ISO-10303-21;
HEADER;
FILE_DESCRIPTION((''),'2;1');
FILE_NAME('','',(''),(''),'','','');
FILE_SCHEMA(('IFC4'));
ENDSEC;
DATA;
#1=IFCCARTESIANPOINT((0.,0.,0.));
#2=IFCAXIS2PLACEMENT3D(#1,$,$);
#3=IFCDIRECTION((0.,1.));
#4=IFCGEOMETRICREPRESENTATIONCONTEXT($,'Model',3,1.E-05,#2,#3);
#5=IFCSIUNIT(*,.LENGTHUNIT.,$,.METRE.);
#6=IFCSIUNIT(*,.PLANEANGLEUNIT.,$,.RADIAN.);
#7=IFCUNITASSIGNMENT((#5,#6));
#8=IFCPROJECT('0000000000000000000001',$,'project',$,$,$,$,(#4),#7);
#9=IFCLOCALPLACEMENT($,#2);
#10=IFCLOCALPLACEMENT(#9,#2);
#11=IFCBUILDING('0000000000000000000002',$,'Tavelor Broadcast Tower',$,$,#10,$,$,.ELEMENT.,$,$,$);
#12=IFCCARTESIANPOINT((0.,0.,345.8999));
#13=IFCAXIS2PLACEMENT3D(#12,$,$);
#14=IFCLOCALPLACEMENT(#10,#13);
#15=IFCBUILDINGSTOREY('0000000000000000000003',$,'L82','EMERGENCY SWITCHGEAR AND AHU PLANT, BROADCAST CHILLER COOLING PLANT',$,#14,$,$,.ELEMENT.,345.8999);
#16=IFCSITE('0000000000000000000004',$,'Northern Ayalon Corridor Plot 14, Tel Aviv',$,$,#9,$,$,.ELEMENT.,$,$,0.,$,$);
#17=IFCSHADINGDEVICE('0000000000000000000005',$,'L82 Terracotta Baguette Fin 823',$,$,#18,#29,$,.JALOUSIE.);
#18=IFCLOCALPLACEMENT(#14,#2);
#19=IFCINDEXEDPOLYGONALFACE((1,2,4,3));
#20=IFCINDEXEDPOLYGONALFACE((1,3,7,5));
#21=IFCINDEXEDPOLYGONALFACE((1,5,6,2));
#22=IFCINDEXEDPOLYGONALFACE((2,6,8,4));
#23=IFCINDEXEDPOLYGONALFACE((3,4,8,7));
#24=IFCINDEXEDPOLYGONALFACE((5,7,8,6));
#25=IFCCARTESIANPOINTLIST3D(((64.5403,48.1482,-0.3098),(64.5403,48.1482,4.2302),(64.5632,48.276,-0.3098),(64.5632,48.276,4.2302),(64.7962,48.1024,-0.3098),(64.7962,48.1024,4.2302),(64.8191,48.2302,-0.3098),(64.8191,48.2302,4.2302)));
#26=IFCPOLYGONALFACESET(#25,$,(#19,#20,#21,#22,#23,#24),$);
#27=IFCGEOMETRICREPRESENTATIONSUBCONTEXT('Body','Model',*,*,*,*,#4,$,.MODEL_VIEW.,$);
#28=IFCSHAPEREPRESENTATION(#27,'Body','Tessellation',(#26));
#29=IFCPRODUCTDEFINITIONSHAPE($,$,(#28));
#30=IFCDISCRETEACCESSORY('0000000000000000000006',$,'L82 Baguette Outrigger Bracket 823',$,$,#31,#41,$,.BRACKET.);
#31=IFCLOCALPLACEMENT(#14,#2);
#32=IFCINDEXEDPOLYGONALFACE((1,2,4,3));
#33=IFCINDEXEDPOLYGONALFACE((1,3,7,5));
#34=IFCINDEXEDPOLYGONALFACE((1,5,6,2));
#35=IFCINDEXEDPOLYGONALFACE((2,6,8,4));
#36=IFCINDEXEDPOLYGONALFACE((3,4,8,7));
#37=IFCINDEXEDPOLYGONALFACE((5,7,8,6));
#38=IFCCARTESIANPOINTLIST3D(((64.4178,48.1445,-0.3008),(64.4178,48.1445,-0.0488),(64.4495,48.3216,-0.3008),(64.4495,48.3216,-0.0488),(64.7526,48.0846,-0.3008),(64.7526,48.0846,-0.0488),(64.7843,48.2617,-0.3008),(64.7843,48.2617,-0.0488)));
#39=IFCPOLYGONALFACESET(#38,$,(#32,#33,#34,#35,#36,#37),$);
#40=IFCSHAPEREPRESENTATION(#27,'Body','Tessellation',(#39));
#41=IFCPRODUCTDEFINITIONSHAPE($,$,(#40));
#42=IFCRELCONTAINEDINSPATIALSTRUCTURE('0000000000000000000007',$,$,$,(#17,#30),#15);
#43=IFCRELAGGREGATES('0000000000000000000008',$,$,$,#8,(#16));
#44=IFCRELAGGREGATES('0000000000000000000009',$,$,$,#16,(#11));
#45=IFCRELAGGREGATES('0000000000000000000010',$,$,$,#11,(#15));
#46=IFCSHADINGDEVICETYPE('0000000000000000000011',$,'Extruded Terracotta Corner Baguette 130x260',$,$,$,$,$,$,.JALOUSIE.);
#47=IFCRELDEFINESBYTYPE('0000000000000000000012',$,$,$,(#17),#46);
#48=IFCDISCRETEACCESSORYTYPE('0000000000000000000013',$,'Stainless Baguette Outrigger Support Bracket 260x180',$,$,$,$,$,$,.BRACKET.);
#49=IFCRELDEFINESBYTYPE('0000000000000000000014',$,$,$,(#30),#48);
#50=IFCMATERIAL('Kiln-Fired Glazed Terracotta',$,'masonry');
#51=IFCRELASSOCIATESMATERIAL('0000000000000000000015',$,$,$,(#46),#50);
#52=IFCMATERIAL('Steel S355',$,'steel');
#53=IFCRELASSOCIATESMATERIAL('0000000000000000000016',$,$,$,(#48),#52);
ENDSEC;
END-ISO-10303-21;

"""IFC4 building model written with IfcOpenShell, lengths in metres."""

from ifc_helpers import new_model, si_unit, direction, frame, origin, origin_2d, place, context, subcontext, project, spatial, rectangle, extrude, source, transform, mapped, material, type_object, type_shapes, element, save


model = new_model("IFC4")

# Units and contexts
model_context = context("Model", 3, precision=1e-05, world=origin(), true_north=direction((0.0, 1.0)))
body_context = subcontext(model_context, "Body", "Model", "MODEL_VIEW")
ifc_project = project(units=[si_unit("LENGTHUNIT", "METRE"), si_unit("PLANEANGLEUNIT", "RADIAN")], contexts=[model_context])

# Site, building, storey
site_placement = place(None, origin())
site = spatial("IfcSite", under=ifc_project, at=site_placement, Name="Northern Ayalon Corridor Plot 14, Tel Aviv", CompositionType="ELEMENT", RefElevation=0.0)
building_placement = place(site_placement, origin())
building = spatial("IfcBuilding", under=site, at=building_placement, Name="Tavelor Broadcast Tower", CompositionType="ELEMENT")
storey_placement = place(building_placement, frame((0.0, 0.0, 345.8999)))
storey = spatial("IfcBuildingStorey", under=building, at=storey_placement, Name="L82", Description="EMERGENCY SWITCHGEAR AND AHU PLANT, BROADCAST CHILLER COOLING PLANT", CompositionType="ELEMENT", Elevation=345.8999)

# Shared definitions
ifc_material_1 = material(Name="Steel S355", Category="steel")

# Shading device
ifc_material_2 = material(Name="Kiln-Fired Glazed Terracotta", Category="masonry")
shading_device_type = type_object("IfcShadingDeviceType", Name="Extruded Terracotta Corner Baguette 130x260", PredefinedType="JALOUSIE", material=ifc_material_2)
shared_shape_1 = source(origin(), body_context, "Body", "SweptSolid", [
    extrude(rectangle(XDim=0.1299, YDim=0.26, at=origin_2d()), origin(), (0.0, 0.0, 1.0), 4.54),
])
type_shapes(shading_device_type, [shared_shape_1])
shading_device_placement = place(storey_placement, frame((64.6797, 48.1892, -0.3098), z_axis=(0.0, 0.0, 1.0), x_axis=(0.176226, 0.98435, 0.0)))
element("IfcShadingDevice", 1, at=shading_device_placement, inside=storey, type_object=shading_device_type, Name="L82 Terracotta Baguette Fin 823", PredefinedType="JALOUSIE", context=body_context, shape_type="MappedRepresentation", body=[
    mapped(shared_shape_1, transform((0.0, 0.0, 0.0), scale=1.0)),
])

# Discrete accessory
discrete_accessory_type = type_object("IfcDiscreteAccessoryType", Name="Stainless Baguette Outrigger Support Bracket 260x180", PredefinedType="BRACKET", material=ifc_material_1)
shared_shape_2 = source(origin(), body_context, "Body", "SweptSolid", [
    extrude(rectangle(XDim=0.1799, YDim=0.3401, at=origin_2d()), origin(), (0.0, 0.0, 1.0), 0.252),
])
type_shapes(discrete_accessory_type, [shared_shape_2])
discrete_accessory_placement = place(storey_placement, frame((64.6011, 48.2031, -0.3008), z_axis=(0.0, 0.0, 1.0), x_axis=(0.176226, 0.98435, 0.0)))
element("IfcDiscreteAccessory", 2, at=discrete_accessory_placement, inside=storey, type_object=discrete_accessory_type, Name="L82 Baguette Outrigger Bracket 823", PredefinedType="BRACKET", context=body_context, shape_type="MappedRepresentation", body=[
    mapped(shared_shape_2, transform((0.0, 0.0, 0.0), scale=1.0)),
])

save(model, "model.ifc")
